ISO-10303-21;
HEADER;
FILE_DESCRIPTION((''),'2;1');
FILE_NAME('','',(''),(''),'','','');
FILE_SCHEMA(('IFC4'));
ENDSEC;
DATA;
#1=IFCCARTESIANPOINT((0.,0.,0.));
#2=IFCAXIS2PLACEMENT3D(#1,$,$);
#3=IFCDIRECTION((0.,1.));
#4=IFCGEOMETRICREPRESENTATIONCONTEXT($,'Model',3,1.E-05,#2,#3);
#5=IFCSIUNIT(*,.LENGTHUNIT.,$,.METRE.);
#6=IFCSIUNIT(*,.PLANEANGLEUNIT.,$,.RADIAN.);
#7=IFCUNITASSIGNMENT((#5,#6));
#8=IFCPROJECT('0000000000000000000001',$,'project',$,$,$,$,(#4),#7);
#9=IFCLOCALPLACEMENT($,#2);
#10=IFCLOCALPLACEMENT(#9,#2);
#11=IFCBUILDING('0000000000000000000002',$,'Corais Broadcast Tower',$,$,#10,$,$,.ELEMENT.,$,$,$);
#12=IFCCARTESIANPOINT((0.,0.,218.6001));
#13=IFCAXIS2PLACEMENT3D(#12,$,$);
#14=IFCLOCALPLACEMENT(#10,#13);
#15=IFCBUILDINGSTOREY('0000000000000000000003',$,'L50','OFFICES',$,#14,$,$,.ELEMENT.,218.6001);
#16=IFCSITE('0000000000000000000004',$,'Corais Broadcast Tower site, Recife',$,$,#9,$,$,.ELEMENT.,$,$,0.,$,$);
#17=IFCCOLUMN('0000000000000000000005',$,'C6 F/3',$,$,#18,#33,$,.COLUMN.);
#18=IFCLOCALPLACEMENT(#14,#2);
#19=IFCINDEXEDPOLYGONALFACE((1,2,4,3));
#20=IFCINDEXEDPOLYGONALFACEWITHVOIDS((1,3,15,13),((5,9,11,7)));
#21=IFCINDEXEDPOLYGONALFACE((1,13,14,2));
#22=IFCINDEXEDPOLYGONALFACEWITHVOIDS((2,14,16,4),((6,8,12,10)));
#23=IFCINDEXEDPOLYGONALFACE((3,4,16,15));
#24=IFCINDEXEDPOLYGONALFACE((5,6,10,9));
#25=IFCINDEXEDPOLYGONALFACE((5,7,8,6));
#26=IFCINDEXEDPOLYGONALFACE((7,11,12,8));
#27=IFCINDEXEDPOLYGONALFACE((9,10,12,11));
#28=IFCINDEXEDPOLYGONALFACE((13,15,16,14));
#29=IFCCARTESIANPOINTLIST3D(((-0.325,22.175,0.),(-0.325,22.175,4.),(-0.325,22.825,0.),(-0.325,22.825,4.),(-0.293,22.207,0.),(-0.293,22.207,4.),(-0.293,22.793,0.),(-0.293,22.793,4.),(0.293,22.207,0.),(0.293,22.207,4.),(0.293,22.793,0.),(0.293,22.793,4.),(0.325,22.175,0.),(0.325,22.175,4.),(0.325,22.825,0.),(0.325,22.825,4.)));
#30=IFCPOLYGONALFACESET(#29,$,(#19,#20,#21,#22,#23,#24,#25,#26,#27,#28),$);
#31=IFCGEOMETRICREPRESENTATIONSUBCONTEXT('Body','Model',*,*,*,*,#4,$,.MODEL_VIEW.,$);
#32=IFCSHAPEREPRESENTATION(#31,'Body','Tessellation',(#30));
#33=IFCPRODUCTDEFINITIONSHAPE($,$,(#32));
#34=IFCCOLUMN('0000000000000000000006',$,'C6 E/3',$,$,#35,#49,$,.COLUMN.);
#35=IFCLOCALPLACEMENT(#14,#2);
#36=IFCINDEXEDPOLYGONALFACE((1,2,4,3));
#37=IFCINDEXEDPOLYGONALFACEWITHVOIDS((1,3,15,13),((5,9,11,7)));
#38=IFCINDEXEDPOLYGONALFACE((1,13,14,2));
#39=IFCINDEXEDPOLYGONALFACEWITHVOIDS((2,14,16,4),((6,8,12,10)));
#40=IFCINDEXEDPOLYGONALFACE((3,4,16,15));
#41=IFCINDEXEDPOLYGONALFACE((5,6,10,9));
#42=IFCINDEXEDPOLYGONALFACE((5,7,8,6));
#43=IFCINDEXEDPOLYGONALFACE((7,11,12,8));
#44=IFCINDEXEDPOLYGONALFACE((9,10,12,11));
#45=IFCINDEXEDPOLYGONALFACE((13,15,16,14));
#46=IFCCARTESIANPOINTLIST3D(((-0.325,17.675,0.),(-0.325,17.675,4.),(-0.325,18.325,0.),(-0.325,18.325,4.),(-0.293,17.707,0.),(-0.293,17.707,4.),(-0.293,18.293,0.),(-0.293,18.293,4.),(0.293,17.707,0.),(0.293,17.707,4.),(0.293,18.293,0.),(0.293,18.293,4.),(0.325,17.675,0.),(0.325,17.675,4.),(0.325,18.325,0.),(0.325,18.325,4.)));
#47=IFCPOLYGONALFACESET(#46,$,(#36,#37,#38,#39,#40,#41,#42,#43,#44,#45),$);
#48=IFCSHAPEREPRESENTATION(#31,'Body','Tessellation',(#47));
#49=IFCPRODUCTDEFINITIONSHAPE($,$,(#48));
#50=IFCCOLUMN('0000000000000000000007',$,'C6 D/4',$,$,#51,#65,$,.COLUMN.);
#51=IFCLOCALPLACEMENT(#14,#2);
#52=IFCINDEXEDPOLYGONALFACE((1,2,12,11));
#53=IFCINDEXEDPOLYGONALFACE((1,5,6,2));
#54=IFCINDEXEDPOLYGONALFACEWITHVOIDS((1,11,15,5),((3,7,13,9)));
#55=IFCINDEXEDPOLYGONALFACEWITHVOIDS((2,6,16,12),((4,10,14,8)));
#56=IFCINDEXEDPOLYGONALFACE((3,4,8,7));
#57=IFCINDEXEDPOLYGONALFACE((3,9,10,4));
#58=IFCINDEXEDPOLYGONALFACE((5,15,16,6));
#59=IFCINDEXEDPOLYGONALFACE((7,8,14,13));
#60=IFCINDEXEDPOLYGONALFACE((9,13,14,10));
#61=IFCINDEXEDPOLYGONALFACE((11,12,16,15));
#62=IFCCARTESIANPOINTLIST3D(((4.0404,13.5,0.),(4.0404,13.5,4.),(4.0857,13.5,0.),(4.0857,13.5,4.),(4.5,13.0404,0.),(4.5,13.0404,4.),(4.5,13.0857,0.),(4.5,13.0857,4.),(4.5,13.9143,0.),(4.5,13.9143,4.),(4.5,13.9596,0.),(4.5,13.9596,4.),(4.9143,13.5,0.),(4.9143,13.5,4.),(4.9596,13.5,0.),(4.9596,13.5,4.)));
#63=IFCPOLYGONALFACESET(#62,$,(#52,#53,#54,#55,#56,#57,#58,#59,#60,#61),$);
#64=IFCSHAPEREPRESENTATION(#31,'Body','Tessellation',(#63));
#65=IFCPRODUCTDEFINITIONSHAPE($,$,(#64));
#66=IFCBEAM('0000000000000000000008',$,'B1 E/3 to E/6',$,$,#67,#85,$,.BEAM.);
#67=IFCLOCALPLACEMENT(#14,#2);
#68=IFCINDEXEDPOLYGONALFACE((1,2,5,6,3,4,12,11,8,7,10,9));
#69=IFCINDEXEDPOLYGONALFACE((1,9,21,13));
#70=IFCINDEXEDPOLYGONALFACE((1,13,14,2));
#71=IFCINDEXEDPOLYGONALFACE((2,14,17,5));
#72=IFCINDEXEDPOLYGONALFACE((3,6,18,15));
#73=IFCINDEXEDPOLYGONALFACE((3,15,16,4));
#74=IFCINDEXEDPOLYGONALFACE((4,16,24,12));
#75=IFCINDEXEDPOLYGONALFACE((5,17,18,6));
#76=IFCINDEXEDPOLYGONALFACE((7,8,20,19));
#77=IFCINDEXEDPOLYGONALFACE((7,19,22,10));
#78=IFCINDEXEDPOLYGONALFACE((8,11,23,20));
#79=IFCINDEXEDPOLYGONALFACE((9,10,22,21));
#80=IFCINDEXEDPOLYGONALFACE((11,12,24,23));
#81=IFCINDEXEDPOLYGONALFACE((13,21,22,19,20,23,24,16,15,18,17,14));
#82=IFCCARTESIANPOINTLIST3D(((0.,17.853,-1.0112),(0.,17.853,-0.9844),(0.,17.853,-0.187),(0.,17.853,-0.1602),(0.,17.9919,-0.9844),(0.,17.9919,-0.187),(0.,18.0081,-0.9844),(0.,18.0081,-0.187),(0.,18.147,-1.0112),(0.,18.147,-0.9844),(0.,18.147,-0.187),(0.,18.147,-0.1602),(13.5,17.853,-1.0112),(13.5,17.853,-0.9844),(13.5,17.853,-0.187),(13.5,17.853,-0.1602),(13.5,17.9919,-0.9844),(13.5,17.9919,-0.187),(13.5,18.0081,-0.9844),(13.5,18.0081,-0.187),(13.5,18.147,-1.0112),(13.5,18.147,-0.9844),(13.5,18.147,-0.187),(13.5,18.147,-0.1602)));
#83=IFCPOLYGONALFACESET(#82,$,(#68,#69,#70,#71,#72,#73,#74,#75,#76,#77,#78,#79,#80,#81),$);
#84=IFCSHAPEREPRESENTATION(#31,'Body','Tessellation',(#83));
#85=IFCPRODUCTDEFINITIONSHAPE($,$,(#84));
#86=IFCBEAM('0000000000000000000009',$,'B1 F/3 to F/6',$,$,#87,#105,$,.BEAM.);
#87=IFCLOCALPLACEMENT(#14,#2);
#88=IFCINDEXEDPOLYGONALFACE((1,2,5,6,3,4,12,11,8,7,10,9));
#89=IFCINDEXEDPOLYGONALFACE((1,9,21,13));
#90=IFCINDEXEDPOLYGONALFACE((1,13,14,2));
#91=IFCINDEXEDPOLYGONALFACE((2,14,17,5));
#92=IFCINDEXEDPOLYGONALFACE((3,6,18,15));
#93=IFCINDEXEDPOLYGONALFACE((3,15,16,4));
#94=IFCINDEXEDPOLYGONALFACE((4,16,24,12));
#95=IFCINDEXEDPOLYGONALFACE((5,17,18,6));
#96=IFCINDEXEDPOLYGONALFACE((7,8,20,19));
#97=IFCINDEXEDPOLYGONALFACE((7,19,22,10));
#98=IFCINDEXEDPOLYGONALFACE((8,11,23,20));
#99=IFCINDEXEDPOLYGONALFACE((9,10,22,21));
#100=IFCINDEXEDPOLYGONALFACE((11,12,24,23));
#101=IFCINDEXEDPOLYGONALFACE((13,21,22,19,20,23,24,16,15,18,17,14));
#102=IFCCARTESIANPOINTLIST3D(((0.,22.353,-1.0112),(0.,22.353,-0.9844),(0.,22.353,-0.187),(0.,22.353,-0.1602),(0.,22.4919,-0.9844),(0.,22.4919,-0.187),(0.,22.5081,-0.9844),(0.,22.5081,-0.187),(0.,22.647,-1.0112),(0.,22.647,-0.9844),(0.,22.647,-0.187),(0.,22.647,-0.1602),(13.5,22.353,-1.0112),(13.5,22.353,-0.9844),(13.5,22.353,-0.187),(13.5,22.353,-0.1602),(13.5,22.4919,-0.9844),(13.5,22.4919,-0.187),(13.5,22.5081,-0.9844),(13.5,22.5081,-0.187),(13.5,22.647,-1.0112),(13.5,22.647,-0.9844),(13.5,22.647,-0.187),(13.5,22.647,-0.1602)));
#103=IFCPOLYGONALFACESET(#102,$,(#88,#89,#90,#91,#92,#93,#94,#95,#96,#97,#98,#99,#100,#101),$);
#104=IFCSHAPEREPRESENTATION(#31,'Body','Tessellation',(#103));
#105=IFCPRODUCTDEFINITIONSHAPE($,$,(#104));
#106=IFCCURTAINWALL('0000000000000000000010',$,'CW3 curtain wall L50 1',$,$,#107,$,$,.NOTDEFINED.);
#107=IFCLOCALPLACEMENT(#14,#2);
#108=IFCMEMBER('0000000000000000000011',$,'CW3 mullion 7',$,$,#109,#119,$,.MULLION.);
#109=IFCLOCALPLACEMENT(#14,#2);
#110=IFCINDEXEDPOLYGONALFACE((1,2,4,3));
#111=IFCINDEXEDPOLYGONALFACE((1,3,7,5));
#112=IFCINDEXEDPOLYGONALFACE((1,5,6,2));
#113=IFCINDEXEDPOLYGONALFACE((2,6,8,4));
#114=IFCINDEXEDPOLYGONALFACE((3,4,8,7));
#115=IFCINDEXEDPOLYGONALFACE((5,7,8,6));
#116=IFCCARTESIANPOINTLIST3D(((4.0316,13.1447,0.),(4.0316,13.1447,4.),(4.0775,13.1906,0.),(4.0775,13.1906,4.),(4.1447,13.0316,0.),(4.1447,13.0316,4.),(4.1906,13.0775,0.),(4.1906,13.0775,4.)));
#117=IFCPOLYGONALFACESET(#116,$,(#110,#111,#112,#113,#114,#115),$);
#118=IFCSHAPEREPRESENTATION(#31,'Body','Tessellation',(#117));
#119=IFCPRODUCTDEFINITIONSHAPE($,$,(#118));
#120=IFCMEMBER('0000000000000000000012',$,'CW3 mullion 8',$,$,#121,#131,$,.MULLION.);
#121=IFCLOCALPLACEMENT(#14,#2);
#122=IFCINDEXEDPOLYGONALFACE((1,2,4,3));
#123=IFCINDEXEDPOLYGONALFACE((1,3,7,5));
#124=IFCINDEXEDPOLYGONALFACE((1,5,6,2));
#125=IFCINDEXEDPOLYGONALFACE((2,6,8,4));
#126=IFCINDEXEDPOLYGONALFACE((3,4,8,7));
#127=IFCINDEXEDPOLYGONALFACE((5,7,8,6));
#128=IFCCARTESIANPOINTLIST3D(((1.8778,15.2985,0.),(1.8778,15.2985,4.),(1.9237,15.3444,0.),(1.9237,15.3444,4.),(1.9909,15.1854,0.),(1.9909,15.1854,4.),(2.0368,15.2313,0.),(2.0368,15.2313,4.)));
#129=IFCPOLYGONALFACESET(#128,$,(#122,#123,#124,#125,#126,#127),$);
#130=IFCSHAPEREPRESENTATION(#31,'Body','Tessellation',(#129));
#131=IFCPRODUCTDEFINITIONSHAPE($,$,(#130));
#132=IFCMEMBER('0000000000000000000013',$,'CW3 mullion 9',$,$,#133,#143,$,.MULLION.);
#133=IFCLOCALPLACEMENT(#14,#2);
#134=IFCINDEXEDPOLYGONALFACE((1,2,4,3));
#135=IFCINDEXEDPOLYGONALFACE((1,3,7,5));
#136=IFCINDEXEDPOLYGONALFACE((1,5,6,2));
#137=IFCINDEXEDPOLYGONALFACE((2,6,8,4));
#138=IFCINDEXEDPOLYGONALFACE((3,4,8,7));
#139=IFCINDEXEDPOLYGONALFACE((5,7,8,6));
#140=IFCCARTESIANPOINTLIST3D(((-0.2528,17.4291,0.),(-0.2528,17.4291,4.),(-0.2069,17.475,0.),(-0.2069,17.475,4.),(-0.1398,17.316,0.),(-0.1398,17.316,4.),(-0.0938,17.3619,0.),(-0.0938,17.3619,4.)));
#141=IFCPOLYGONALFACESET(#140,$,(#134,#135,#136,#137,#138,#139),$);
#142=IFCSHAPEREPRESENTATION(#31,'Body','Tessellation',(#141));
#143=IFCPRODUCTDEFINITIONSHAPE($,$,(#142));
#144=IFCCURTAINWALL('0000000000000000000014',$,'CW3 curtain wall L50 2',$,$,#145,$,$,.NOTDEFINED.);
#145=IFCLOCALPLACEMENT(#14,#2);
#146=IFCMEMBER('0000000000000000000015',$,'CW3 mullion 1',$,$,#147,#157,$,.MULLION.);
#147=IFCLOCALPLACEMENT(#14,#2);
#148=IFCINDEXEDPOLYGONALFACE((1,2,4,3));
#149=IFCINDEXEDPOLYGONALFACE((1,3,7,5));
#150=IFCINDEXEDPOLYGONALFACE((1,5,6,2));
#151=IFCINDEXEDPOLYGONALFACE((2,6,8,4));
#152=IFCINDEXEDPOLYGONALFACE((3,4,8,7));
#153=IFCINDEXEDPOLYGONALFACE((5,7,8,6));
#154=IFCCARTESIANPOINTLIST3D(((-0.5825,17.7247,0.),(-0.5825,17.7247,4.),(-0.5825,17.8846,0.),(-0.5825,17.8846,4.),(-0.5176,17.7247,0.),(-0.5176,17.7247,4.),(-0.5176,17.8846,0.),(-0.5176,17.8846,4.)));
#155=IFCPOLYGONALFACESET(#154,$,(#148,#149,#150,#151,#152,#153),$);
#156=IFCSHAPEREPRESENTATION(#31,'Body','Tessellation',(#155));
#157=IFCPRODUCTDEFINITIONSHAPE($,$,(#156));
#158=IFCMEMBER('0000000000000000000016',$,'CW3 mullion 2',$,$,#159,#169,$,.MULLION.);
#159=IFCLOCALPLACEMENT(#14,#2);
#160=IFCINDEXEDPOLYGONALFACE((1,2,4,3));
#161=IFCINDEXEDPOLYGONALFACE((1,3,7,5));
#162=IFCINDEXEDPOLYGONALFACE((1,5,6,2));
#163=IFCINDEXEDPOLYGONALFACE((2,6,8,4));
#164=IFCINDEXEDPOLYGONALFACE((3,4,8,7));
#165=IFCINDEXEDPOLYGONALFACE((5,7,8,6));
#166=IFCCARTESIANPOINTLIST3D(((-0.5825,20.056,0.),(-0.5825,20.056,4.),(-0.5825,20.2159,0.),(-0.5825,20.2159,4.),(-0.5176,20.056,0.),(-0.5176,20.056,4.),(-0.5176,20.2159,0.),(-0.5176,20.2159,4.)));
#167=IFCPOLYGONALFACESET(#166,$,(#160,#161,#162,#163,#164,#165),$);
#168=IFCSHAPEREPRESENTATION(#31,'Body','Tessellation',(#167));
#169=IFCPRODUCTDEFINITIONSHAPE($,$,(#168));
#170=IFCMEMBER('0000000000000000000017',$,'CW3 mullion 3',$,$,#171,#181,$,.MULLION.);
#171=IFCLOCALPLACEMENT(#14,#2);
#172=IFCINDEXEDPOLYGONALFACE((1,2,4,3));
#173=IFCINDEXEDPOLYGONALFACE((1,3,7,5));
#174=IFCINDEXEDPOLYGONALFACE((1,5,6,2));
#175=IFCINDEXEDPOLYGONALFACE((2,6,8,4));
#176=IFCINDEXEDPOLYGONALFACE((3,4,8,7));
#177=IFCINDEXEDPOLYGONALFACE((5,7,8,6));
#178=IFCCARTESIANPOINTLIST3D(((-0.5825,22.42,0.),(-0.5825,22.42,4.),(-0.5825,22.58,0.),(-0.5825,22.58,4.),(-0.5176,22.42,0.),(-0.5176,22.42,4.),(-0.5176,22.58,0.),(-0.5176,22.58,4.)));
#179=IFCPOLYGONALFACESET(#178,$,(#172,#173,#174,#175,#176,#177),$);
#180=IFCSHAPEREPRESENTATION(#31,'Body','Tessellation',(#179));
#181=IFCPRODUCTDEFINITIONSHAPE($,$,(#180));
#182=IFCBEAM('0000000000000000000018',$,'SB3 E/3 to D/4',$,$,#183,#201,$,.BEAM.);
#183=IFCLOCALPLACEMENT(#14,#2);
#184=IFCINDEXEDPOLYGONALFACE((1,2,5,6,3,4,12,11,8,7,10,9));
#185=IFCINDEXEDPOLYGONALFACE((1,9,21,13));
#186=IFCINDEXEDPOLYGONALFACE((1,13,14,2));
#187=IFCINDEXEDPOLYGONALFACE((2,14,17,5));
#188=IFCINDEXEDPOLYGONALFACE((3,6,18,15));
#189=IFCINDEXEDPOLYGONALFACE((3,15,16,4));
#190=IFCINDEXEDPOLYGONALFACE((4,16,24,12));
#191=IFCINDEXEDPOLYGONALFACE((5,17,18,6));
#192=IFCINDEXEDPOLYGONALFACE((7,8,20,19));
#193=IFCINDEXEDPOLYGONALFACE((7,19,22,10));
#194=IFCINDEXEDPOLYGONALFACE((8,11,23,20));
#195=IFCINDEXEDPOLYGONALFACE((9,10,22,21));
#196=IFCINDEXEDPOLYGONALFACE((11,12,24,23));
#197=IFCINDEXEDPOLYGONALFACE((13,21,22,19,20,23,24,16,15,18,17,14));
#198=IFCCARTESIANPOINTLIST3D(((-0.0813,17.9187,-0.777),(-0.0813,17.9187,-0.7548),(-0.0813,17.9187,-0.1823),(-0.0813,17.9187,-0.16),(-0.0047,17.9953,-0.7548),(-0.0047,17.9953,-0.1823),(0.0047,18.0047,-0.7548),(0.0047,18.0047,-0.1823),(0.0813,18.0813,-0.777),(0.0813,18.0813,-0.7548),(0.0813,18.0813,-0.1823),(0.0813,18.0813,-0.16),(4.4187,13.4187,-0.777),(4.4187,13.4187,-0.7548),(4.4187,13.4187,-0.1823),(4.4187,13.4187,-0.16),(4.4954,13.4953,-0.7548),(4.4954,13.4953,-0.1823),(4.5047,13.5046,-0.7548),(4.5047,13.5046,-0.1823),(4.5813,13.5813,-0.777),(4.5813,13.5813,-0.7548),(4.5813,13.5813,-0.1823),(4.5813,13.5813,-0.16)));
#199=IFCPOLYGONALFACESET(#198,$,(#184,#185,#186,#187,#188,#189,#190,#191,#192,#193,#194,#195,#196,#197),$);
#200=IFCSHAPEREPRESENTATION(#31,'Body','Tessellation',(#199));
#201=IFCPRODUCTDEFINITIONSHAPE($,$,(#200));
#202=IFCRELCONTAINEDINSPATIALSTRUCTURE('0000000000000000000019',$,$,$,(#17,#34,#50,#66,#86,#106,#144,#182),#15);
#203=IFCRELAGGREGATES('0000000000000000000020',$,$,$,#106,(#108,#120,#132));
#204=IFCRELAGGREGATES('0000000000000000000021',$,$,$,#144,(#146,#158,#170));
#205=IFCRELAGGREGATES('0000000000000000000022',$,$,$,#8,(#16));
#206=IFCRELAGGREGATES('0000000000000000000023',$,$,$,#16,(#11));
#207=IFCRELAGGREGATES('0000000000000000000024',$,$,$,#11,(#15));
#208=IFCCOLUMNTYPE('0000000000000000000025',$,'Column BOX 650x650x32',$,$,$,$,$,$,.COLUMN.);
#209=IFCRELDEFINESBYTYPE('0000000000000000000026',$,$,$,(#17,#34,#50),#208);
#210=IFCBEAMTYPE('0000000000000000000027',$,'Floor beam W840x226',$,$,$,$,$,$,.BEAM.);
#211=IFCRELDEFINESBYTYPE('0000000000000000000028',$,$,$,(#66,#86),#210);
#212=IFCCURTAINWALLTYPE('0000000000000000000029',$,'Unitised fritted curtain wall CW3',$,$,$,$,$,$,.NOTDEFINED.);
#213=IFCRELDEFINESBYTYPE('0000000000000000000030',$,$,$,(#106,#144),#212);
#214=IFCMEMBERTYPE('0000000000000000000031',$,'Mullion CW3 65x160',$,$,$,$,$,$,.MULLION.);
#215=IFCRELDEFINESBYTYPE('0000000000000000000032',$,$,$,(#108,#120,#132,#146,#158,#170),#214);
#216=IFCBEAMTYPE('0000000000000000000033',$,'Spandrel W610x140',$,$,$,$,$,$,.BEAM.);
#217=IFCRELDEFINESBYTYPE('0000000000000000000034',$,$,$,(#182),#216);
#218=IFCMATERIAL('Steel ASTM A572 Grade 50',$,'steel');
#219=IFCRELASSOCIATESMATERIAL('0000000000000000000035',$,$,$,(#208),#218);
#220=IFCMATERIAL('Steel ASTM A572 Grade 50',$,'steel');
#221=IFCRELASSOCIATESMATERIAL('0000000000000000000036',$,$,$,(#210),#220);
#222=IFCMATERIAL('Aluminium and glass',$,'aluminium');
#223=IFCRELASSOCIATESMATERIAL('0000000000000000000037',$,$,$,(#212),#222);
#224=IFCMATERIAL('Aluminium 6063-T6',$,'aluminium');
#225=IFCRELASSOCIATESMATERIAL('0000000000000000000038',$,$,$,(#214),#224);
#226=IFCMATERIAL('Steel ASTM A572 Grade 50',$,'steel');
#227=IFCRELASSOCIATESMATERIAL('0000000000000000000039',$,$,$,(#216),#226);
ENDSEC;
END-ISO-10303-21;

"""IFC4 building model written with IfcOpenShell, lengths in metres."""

from ifc_helpers import new_model, si_unit, direction, frame, origin, origin_2d, place, context, subcontext, project, spatial, rectangle, hollow_rectangle, i_section, extrude, material, material_profile, profile_set, type_object, element, aggregate, save


model = new_model("IFC4")

# Units and contexts
model_context = context("Model", 3, precision=1e-05, world=origin(), true_north=direction((0.0, 1.0)))
body_context = subcontext(model_context, "Body", "Model", "MODEL_VIEW")
ifc_project = project(units=[si_unit("LENGTHUNIT", "METRE"), si_unit("PLANEANGLEUNIT", "RADIAN")], contexts=[model_context])

# Site, building, storey
site_placement = place(None, origin())
site = spatial("IfcSite", under=ifc_project, at=site_placement, Name="Corais Broadcast Tower site, Recife", CompositionType="ELEMENT", RefElevation=0.0)
building_placement = place(site_placement, origin())
building = spatial("IfcBuilding", under=site, at=building_placement, Name="Corais Broadcast Tower", CompositionType="ELEMENT")
storey_placement = place(building_placement, frame((0.0, 0.0, 218.6001)))
storey = spatial("IfcBuildingStorey", under=building, at=storey_placement, Name="L50", Description="OFFICES", CompositionType="ELEMENT", Elevation=218.6001)

# Columns
ifc_material_1 = material(Name="Steel ASTM A572 Grade 50", Category="steel")
ifc_material_profile_1 = material_profile(ifc_material_1, hollow_rectangle(XDim=0.6499, YDim=0.6499, WallThickness=0.032, at=origin_2d()), Name="BOX 650x650x32")
ifc_profile_set_1 = profile_set([ifc_material_profile_1], Name="Steel ASTM A572 Grade 50")
column_type = type_object("IfcColumnType", Name="Column BOX 650x650x32", PredefinedType="COLUMN", material=ifc_profile_set_1)
for number, where, z_axis, x_axis, name in (
    (1, (0.0, 22.5, 0.0), (0.0, 0.0, 1.0), (1.0, 0.0, 0.0), "C6 F/3"),
    (2, (0.0, 18.0, 0.0), (0.0, 0.0, 1.0), (1.0, 0.0, 0.0), "C6 E/3"),
    (3, (4.5, 13.5, 0.0), (0.0, 0.0, 1.0), (0.707107, 0.707107, 0.0), "C6 D/4"),
):
    element("IfcColumn", number, at=place(storey_placement, frame(where, z_axis=z_axis, x_axis=x_axis)), inside=storey, type_object=column_type, Name=name, PredefinedType="COLUMN", context=body_context, shape_type="SweptSolid", body=[
        extrude(hollow_rectangle(XDim=0.6499, YDim=0.6499, WallThickness=0.032, at=origin_2d()), origin(), (0.0, 0.0, 1.0), 4.0),
    ])

# Beams
ifc_material_2 = material(Name="Steel ASTM A572 Grade 50", Category="steel")
ifc_material_profile_2 = material_profile(ifc_material_2, i_section(OverallWidth=0.2939, OverallDepth=0.8511, WebThickness=0.0161, FlangeThickness=0.0269, at=origin_2d()), Name="W840x226")
ifc_profile_set_2 = profile_set([ifc_material_profile_2], Name="Steel ASTM A572 Grade 50")
beam_type_1 = type_object("IfcBeamType", Name="Floor beam W840x226", PredefinedType="BEAM", material=ifc_profile_set_2)
for number, where, z_axis, x_axis, name in (
    (4, (0.0, 18.0, -0.5857), (1.0, 0.0, 0.0), (0.0, 1.0, 0.0), "B1 E/3 to E/6"),
    (5, (0.0, 22.5, -0.5857), (1.0, 0.0, 0.0), (0.0, 1.0, 0.0), "B1 F/3 to F/6"),
):
    element("IfcBeam", number, at=place(storey_placement, frame(where, z_axis=z_axis, x_axis=x_axis)), inside=storey, type_object=beam_type_1, Name=name, PredefinedType="BEAM", context=body_context, shape_type="SweptSolid", body=[
        extrude(i_section(OverallWidth=0.2939, OverallDepth=0.8511, WebThickness=0.0161, FlangeThickness=0.0269, at=origin_2d()), origin(), (0.0, 0.0, 1.0), 13.5),
    ])

# Curtain walls, members
ifc_material_3 = material(Name="Aluminium and glass", Category="aluminium")
curtain_wall_type = type_object("IfcCurtainWallType", Name="Unitised fritted curtain wall CW3", PredefinedType="NOTDEFINED", material=ifc_material_3)
curtain_wall_1_placement = place(storey_placement, origin())
curtain_wall_1 = element("IfcCurtainWall", 6, at=curtain_wall_1_placement, inside=storey, type_object=curtain_wall_type, Name="CW3 curtain wall L50 1", PredefinedType="NOTDEFINED")
ifc_material_4 = material(Name="Aluminium 6063-T6", Category="aluminium")
ifc_material_profile_3 = material_profile(ifc_material_4, rectangle(XDim=0.0649, YDim=0.1599, at=origin_2d()), Name="Mullion CW3 65x160")
ifc_profile_set_3 = profile_set([ifc_material_profile_3], Name="Aluminium 6063-T6")
member_type_1 = type_object("IfcMemberType", Name="Mullion CW3 65x160", PredefinedType="MULLION", material=ifc_profile_set_3)
member_1_placement = place(storey_placement, frame((4.1111, 13.1111, 0.0), z_axis=(0.0, 0.0, 1.0), x_axis=(-0.707107, -0.707107, 0.0)))
member_1 = element("IfcMember", 7, at=member_1_placement, type_object=member_type_1, Name="CW3 mullion 7", PredefinedType="MULLION", context=body_context, shape_type="SweptSolid", body=[
    extrude(rectangle(XDim=0.0649, YDim=0.1599, at=origin_2d()), origin(), (0.0, 0.0, 1.0), 4.0),
])
member_2_placement = place(storey_placement, frame((1.9573, 15.2649, 0.0), z_axis=(0.0, 0.0, 1.0), x_axis=(-0.707107, -0.707107, 0.0)))
member_2 = element("IfcMember", 8, at=member_2_placement, type_object=member_type_1, Name="CW3 mullion 8", PredefinedType="MULLION", context=body_context, shape_type="SweptSolid", body=[
    extrude(rectangle(XDim=0.0649, YDim=0.1599, at=origin_2d()), origin(), (0.0, 0.0, 1.0), 4.0),
])
member_3_placement = place(storey_placement, frame((-0.1733, 17.3955, 0.0), z_axis=(0.0, 0.0, 1.0), x_axis=(-0.707107, -0.707107, 0.0)))
member_3 = element("IfcMember", 9, at=member_3_placement, type_object=member_type_1, Name="CW3 mullion 9", PredefinedType="MULLION", context=body_context, shape_type="SweptSolid", body=[
    extrude(rectangle(XDim=0.0649, YDim=0.1599, at=origin_2d()), origin(), (0.0, 0.0, 1.0), 4.0),
])
curtain_wall_2_placement = place(storey_placement, origin())
curtain_wall_2 = element("IfcCurtainWall", 10, at=curtain_wall_2_placement, inside=storey, type_object=curtain_wall_type, Name="CW3 curtain wall L50 2", PredefinedType="NOTDEFINED")
member_4_placement = place(storey_placement, frame((-0.55, 17.8047, 0.0), z_axis=(0.0, 0.0, 1.0), x_axis=(-1.0, 0.0, 0.0)))
member_4 = element("IfcMember", 11, at=member_4_placement, type_object=member_type_1, Name="CW3 mullion 1", PredefinedType="MULLION", context=body_context, shape_type="SweptSolid", body=[
    extrude(rectangle(XDim=0.0649, YDim=0.1599, at=origin_2d()), origin(), (0.0, 0.0, 1.0), 4.0),
])
member_5_placement = place(storey_placement, frame((-0.55, 20.136, 0.0), z_axis=(0.0, 0.0, 1.0), x_axis=(-1.0, 0.0, 0.0)))
member_5 = element("IfcMember", 12, at=member_5_placement, type_object=member_type_1, Name="CW3 mullion 2", PredefinedType="MULLION", context=body_context, shape_type="SweptSolid", body=[
    extrude(rectangle(XDim=0.0649, YDim=0.1599, at=origin_2d()), origin(), (0.0, 0.0, 1.0), 4.0),
])
member_6_placement = place(storey_placement, frame((-0.55, 22.5, 0.0), z_axis=(0.0, 0.0, 1.0), x_axis=(-1.0, 0.0, 0.0)))
member_6 = element("IfcMember", 13, at=member_6_placement, type_object=member_type_1, Name="CW3 mullion 3", PredefinedType="MULLION", context=body_context, shape_type="SweptSolid", body=[
    extrude(rectangle(XDim=0.0649, YDim=0.1599, at=origin_2d()), origin(), (0.0, 0.0, 1.0), 4.0),
])

# Beam
ifc_material_5 = material(Name="Steel ASTM A572 Grade 50", Category="steel")
ifc_material_profile_4 = material_profile(ifc_material_5, i_section(OverallWidth=0.23, OverallDepth=0.6169, WebThickness=0.0132, FlangeThickness=0.0222, at=origin_2d()), Name="W610x140")
ifc_profile_set_4 = profile_set([ifc_material_profile_4], Name="Steel ASTM A572 Grade 50")
beam_type_2 = type_object("IfcBeamType", Name="Spandrel W610x140", PredefinedType="BEAM", material=ifc_profile_set_4)
beam_1_placement = place(storey_placement, frame((0.0, 18.0, -0.4685), z_axis=(0.707107, -0.707107, 0.0), x_axis=(0.707107, 0.707107, 0.0)))
element("IfcBeam", 14, at=beam_1_placement, inside=storey, type_object=beam_type_2, Name="SB3 E/3 to D/4", PredefinedType="BEAM", context=body_context, shape_type="SweptSolid", body=[
    extrude(i_section(OverallWidth=0.23, OverallDepth=0.6169, WebThickness=0.0132, FlangeThickness=0.0222, at=origin_2d()), origin(), (0.0, 0.0, 1.0), 6.364),
])

aggregate(curtain_wall_1, [member_1, member_2, member_3])
aggregate(curtain_wall_2, [member_4, member_5, member_6])

save(model, "model.ifc")
